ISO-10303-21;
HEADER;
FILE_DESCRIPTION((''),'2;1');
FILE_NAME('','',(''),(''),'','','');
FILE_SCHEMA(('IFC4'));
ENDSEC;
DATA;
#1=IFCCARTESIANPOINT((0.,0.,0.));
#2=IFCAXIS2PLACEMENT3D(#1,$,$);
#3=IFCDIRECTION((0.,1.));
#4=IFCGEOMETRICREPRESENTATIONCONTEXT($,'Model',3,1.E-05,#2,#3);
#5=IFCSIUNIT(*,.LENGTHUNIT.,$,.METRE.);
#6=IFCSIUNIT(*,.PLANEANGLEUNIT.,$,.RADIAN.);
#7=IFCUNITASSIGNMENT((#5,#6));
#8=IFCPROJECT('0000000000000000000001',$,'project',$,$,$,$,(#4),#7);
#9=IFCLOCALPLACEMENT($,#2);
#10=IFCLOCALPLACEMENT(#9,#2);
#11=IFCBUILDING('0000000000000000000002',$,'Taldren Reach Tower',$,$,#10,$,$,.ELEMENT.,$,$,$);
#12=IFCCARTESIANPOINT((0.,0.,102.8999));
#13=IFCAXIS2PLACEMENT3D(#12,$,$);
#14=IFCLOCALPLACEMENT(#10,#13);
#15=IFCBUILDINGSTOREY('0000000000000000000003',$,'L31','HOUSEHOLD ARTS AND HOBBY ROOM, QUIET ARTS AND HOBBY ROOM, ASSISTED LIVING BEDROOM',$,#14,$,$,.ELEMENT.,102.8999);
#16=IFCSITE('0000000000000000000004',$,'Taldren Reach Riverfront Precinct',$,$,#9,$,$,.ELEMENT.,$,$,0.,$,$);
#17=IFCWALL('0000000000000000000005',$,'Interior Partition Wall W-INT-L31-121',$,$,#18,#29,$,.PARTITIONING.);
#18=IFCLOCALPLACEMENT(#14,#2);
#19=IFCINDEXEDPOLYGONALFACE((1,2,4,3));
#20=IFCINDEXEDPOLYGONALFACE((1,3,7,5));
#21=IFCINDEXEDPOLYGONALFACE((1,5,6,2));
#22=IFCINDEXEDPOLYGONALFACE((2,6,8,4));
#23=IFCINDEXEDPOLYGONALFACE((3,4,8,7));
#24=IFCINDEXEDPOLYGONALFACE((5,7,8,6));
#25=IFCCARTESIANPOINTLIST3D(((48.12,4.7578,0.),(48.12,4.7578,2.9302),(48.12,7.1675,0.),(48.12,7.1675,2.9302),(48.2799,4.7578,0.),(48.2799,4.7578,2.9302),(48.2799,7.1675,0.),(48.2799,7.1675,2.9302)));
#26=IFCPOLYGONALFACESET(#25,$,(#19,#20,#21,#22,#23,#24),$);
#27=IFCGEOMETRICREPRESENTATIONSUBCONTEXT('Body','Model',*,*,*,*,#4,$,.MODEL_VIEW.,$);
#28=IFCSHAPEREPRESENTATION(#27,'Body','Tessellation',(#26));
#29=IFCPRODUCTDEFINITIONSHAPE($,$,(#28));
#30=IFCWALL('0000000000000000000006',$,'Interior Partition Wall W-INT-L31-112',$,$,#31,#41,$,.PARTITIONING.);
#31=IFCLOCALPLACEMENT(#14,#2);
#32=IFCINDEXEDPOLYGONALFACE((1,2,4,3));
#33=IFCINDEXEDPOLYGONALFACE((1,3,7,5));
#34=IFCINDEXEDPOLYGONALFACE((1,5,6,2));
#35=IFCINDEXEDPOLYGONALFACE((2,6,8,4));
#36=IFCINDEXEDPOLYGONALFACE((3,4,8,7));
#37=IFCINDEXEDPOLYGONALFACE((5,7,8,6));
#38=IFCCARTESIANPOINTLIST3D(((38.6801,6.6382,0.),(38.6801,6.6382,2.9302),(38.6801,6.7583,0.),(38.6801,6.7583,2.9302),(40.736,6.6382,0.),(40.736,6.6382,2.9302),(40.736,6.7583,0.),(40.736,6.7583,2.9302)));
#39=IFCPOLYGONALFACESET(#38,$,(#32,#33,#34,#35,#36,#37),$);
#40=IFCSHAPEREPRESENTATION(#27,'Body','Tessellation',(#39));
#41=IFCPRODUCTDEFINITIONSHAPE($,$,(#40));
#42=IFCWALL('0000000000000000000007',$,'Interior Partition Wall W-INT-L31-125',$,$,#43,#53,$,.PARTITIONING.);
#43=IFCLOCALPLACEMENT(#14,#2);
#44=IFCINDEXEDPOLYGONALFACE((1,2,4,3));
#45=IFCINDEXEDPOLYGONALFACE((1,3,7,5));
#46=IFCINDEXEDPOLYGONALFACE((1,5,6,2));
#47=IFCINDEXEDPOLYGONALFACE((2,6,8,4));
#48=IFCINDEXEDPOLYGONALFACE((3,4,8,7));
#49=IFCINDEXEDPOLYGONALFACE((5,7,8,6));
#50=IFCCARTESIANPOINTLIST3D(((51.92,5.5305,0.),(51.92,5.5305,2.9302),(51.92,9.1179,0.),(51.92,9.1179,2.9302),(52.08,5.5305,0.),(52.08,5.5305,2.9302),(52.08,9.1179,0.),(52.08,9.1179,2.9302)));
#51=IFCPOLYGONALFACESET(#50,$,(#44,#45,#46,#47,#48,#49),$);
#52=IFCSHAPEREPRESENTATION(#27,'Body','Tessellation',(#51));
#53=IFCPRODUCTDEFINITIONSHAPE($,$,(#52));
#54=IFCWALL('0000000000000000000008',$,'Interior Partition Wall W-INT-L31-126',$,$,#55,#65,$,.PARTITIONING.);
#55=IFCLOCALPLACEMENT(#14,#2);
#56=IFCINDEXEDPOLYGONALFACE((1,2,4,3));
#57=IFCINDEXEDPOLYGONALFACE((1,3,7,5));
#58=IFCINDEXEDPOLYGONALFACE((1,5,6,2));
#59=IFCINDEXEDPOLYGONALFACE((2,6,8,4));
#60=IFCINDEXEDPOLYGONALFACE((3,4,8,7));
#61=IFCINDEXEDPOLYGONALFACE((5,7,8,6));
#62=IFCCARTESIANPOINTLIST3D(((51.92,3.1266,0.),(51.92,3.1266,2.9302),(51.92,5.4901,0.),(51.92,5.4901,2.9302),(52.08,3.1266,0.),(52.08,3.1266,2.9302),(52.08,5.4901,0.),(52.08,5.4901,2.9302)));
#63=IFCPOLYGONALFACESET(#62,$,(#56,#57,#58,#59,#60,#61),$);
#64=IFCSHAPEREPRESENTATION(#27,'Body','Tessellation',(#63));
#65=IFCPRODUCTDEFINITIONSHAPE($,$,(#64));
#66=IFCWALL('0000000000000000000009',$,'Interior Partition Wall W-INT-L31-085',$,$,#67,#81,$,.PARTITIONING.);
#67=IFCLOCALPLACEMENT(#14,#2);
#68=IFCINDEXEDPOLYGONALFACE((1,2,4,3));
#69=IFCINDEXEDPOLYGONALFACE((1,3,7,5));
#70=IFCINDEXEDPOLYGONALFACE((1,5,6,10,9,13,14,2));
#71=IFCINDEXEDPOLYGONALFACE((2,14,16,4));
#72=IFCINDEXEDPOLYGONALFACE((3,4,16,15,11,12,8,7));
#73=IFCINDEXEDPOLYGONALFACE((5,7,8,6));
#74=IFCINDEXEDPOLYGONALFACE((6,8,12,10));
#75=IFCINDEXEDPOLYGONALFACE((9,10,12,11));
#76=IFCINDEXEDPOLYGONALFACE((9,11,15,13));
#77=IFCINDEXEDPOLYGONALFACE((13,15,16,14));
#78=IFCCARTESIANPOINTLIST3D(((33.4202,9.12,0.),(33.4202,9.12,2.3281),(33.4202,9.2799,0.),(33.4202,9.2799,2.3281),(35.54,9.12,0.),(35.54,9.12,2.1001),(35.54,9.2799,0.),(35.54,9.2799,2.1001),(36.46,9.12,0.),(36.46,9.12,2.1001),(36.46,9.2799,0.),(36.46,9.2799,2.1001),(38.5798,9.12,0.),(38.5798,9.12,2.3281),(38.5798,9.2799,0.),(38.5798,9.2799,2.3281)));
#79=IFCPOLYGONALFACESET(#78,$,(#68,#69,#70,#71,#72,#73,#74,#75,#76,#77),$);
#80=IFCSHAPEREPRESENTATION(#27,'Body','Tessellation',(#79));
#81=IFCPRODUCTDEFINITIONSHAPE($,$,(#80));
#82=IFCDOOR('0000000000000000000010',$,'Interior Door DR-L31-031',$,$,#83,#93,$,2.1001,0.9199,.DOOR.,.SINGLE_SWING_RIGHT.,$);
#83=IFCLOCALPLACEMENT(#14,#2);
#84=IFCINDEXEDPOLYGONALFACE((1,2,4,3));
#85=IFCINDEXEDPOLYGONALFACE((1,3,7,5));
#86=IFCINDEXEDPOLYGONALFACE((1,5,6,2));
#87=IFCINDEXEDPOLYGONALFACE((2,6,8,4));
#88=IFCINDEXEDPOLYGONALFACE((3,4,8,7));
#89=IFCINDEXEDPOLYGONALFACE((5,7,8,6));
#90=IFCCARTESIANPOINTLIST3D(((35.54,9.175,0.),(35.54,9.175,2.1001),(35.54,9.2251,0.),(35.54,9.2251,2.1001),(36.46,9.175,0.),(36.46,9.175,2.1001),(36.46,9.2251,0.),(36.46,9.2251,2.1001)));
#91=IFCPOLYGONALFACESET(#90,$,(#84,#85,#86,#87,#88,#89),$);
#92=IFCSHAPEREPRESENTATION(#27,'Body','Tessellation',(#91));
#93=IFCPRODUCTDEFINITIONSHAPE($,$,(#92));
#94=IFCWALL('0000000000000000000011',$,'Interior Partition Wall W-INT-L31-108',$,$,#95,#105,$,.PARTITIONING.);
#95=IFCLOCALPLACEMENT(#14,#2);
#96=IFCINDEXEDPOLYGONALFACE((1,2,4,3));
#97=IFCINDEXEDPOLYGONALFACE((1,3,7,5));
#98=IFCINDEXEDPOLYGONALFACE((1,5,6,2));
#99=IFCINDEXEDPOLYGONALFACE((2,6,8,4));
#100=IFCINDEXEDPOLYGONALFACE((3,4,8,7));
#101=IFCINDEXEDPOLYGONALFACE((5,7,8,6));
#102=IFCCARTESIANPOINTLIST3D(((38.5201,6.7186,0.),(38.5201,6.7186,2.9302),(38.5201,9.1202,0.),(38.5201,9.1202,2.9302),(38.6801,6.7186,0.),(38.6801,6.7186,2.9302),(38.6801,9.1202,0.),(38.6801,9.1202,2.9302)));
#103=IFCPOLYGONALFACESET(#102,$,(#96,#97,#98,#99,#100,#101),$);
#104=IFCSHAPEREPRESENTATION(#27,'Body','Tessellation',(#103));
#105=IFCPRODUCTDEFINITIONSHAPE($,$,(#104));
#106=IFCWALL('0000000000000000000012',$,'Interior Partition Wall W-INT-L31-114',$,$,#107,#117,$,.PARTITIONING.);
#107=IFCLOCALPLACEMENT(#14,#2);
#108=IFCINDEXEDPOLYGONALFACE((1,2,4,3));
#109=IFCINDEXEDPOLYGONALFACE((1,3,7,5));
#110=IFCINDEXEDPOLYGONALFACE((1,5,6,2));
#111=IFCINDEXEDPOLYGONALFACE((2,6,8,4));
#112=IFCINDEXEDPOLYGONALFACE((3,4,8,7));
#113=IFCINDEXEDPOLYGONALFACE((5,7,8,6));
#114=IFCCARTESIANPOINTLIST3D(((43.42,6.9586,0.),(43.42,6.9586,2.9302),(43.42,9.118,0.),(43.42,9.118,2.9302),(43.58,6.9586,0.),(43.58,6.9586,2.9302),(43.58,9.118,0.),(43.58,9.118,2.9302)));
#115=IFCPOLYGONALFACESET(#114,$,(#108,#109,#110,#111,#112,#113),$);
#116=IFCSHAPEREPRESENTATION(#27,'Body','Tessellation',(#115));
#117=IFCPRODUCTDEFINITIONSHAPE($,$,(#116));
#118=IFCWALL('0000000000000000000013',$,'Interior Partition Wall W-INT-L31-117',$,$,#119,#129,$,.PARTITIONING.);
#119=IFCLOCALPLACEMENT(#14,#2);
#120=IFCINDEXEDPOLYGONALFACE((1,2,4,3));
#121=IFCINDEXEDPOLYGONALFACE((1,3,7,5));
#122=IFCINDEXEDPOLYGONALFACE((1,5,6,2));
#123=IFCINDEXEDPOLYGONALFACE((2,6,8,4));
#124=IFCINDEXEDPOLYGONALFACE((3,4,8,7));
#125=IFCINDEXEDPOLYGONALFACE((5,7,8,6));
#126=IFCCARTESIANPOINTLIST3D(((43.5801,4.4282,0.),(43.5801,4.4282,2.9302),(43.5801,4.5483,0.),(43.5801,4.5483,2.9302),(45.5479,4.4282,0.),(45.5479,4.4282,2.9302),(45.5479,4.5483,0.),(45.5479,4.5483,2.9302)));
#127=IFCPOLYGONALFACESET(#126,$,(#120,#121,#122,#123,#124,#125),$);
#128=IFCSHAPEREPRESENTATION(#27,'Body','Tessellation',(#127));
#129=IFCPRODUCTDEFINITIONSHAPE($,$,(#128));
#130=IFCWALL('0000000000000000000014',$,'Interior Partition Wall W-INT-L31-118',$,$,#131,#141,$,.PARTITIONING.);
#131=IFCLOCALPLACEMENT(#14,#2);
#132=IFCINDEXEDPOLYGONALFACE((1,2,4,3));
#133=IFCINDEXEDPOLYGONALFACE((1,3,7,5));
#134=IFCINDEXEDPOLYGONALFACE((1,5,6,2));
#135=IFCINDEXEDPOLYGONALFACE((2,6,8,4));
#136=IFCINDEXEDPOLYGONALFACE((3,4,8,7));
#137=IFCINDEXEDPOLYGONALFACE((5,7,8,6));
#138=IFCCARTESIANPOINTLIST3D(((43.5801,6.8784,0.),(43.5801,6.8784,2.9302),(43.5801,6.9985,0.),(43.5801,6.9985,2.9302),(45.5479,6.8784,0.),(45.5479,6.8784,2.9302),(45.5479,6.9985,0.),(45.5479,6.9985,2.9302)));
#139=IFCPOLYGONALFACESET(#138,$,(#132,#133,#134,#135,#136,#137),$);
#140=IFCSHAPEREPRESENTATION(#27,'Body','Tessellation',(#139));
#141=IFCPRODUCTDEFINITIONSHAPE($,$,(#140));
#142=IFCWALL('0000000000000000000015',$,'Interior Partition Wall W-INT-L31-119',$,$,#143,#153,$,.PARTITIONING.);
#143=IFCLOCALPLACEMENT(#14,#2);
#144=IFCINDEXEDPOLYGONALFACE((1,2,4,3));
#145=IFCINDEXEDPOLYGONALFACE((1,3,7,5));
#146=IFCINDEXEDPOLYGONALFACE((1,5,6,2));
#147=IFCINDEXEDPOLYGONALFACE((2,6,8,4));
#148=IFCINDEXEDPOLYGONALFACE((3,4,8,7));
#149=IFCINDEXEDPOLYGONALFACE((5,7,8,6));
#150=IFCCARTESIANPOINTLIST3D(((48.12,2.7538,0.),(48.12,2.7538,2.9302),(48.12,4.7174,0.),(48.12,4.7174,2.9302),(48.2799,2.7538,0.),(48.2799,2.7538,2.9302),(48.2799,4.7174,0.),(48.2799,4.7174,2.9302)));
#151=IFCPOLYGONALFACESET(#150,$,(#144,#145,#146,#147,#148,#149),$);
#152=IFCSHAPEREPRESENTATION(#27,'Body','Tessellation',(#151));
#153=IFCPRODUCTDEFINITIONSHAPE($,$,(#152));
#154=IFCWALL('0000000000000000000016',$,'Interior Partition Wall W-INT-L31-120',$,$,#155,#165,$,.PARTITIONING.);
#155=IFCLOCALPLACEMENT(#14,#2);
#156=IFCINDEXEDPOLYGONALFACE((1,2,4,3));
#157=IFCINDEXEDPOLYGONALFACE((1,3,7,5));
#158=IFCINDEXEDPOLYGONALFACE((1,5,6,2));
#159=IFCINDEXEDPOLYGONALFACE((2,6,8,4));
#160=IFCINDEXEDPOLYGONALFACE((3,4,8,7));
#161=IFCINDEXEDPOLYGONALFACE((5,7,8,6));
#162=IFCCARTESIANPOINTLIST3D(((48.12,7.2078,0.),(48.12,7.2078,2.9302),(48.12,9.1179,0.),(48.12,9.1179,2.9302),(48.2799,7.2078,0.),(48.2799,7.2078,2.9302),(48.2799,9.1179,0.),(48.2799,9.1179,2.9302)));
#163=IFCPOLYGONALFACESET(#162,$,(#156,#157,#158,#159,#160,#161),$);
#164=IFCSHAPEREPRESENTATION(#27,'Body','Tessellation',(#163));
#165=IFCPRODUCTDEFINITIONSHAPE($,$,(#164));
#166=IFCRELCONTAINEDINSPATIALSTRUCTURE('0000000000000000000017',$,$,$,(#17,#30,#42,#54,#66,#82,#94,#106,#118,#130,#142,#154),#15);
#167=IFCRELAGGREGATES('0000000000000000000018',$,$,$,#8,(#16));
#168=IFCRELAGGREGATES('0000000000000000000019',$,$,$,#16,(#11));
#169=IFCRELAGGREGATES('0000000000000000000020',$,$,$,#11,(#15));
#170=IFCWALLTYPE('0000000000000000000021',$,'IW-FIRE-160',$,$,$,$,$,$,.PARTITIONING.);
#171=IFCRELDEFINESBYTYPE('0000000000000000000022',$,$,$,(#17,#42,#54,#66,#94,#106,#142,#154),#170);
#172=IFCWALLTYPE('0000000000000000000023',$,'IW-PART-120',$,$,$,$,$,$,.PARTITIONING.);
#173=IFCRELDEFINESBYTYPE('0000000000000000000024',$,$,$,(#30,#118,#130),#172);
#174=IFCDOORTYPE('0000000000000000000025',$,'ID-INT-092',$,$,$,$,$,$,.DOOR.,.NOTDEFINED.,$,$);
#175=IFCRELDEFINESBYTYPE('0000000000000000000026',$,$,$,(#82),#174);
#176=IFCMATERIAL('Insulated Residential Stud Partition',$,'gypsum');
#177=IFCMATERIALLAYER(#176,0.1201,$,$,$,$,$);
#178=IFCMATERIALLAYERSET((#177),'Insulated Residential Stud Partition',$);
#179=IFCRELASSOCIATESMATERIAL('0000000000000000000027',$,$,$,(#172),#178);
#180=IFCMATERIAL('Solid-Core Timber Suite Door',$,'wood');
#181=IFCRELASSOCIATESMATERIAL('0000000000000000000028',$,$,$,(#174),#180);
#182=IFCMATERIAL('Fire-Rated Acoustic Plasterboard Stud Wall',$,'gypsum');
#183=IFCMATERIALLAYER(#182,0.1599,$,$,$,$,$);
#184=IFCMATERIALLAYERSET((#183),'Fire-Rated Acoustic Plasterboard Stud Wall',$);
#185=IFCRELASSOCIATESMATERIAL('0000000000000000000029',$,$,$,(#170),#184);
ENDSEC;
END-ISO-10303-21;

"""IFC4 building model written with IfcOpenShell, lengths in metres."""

from ifc_helpers import new_model, si_unit, direction, frame, frame_2d, origin, place, context, subcontext, project, spatial, rectangle, extrude, source, transform, mapped, material, layer, layer_set, type_object, element, fill, save


model = new_model("IFC4")

# Units and contexts
model_context = context("Model", 3, precision=1e-05, world=origin(), true_north=direction((0.0, 1.0)))
body_context = subcontext(model_context, "Body", "Model", "MODEL_VIEW")
ifc_project = project(units=[si_unit("LENGTHUNIT", "METRE"), si_unit("PLANEANGLEUNIT", "RADIAN")], contexts=[model_context])

# Site, building, storey
site_placement = place(None, origin())
site = spatial("IfcSite", under=ifc_project, at=site_placement, Name="Taldren Reach Riverfront Precinct", CompositionType="ELEMENT", RefElevation=0.0)
building_placement = place(site_placement, origin())
building = spatial("IfcBuilding", under=site, at=building_placement, Name="Taldren Reach Tower", CompositionType="ELEMENT")
storey_placement = place(building_placement, frame((0.0, 0.0, 102.8999)))
storey = spatial("IfcBuildingStorey", under=building, at=storey_placement, Name="L31", Description="HOUSEHOLD ARTS AND HOBBY ROOM, QUIET ARTS AND HOBBY ROOM, ASSISTED LIVING BEDROOM", CompositionType="ELEMENT", Elevation=102.8999)

# Shared definitions
ifc_material_1 = material(Name="Insulated Residential Stud Partition", Category="gypsum")
ifc_layer_1 = layer(ifc_material_1, 0.1201)
ifc_layer_set_1 = layer_set([ifc_layer_1], Name="Insulated Residential Stud Partition")
wall_type_1 = type_object("IfcWallType", Name="IW-PART-120", PredefinedType="PARTITIONING", material=ifc_layer_set_1)
ifc_material_2 = material(Name="Solid-Core Timber Suite Door", Category="wood")
door_type = type_object("IfcDoorType", Name="ID-INT-092", OperationType="NOTDEFINED", PredefinedType="DOOR", material=ifc_material_2)
shared_shape_1 = source(origin(), body_context, "Body", "SweptSolid", [
    extrude(rectangle(XDim=0.9199, YDim=2.1001, at=frame_2d((0.46, 1.05))), frame((0.0, 0.0249, 0.0), z_axis=(0.0, -1.0, 0.0), x_axis=(1.0, 0.0, 0.0)), (0.0, 0.0, 1.0), 0.05),
])

# Walls
ifc_material_3 = material(Name="Fire-Rated Acoustic Plasterboard Stud Wall", Category="gypsum")
ifc_layer_2 = layer(ifc_material_3, 0.1599)
ifc_layer_set_2 = layer_set([ifc_layer_2], Name="Fire-Rated Acoustic Plasterboard Stud Wall")
wall_type_2 = type_object("IfcWallType", Name="IW-FIRE-160", PredefinedType="PARTITIONING", material=ifc_layer_set_2)
shared_shape_2 = source(origin(), body_context, "Body", "SweptSolid", [
    extrude(rectangle(XDim=2.4097, YDim=0.1599, at=frame_2d((1.2048, 0.0))), origin(), (0.0, 0.0, 1.0), 2.9302),
])
for number, where, z_axis, x_axis, name in (
    (1, (48.2, 7.1675, 0.0), (0.0, 0.0, 1.0), (0.0, -1.0, 0.0), "Interior Partition Wall W-INT-L31-121"),
):
    element("IfcWall", number, at=place(storey_placement, frame(where, z_axis=z_axis, x_axis=x_axis)), inside=storey, type_object=wall_type_2, Name=name, PredefinedType="PARTITIONING", context=body_context, shape_type="MappedRepresentation", body=[
        mapped(shared_shape_2, transform((0.0, 0.0, 0.0), scale=1.0)),
    ])
shared_shape_3 = source(origin(), body_context, "Body", "SweptSolid", [
    extrude(rectangle(XDim=2.0559, YDim=0.1201, at=frame_2d((1.0278, 0.0))), origin(), (0.0, 0.0, 1.0), 2.9302),
])
wall_1_placement = place(storey_placement, frame((40.7358, 6.6982, 0.0), z_axis=(0.0, 0.0, 1.0), x_axis=(-1.0, 0.0, 0.0)))
element("IfcWall", 2, at=wall_1_placement, inside=storey, type_object=wall_type_1, Name="Interior Partition Wall W-INT-L31-112", PredefinedType="PARTITIONING", context=body_context, shape_type="MappedRepresentation", body=[
    mapped(shared_shape_3, transform((0.0, 0.0, 0.0), scale=1.0)),
])
shared_shape_4 = source(origin(), body_context, "Body", "SweptSolid", [
    extrude(rectangle(XDim=3.5874, YDim=0.1599, at=frame_2d((1.7937, 0.0))), origin(), (0.0, 0.0, 1.0), 2.9302),
])
wall_2_placement = place(storey_placement, frame((52.0, 9.1179, 0.0), z_axis=(0.0, 0.0, 1.0), x_axis=(0.0, -1.0, 0.0)))
element("IfcWall", 3, at=wall_2_placement, inside=storey, type_object=wall_type_2, Name="Interior Partition Wall W-INT-L31-125", PredefinedType="PARTITIONING", context=body_context, shape_type="MappedRepresentation", body=[
    mapped(shared_shape_4, transform((0.0, 0.0, 0.0), scale=1.0)),
])
shared_shape_5 = source(origin(), body_context, "Body", "SweptSolid", [
    extrude(rectangle(XDim=2.3635, YDim=0.1599, at=frame_2d((1.1816, 0.0))), origin(), (0.0, 0.0, 1.0), 2.9302),
])
wall_3_placement = place(storey_placement, frame((52.0, 5.49, 0.0), z_axis=(0.0, 0.0, 1.0), x_axis=(0.0, -1.0, 0.0)))
element("IfcWall", 4, at=wall_3_placement, inside=storey, type_object=wall_type_2, Name="Interior Partition Wall W-INT-L31-126", PredefinedType="PARTITIONING", context=body_context, shape_type="MappedRepresentation", body=[
    mapped(shared_shape_5, transform((0.0, 0.0, 0.0), scale=1.0)),
])

# Wall, opening, door
shared_shape_6 = source(origin(), body_context, "Body", "SweptSolid", [
    extrude(rectangle(XDim=5.1597, YDim=0.1599, at=frame_2d((2.5798, 0.0))), origin(), (0.0, 0.0, 1.0), 2.3281),
])
wall_4_placement = place(storey_placement, frame((38.5798, 9.2, 0.0), z_axis=(0.0, 0.0, 1.0), x_axis=(-1.0, 0.0, 0.0)))
wall_4 = element("IfcWall", 5, at=wall_4_placement, inside=storey, type_object=wall_type_2, Name="Interior Partition Wall W-INT-L31-085", PredefinedType="PARTITIONING", context=body_context, shape_type="MappedRepresentation", body=[
    mapped(shared_shape_6, transform((0.0, 0.0, 0.0), scale=1.0)),
])
shared_shape_7 = source(origin(), body_context, "Body", "SweptSolid", [
    extrude(rectangle(XDim=0.9199, YDim=2.1001, at=frame_2d((0.46, 1.05))), frame((0.0, 0.0898, 0.0), z_axis=(0.0, -1.0, 0.0), x_axis=(1.0, 0.0, 0.0)), (0.0, 0.0, 1.0), 0.1799),
])
opening_1_placement = place(wall_4_placement, frame((2.1199, 0.0, 0.0)))
opening_1 = element("IfcOpeningElement", 6, at=opening_1_placement, cuts=wall_4, PredefinedType="OPENING", context=body_context, shape_type="MappedRepresentation", body=[
    mapped(shared_shape_7, transform((0.0, 0.0, 0.0), scale=1.0)),
])
door_1_placement = place(opening_1_placement, origin())
door_1 = element("IfcDoor", 7, at=door_1_placement, inside=storey, type_object=door_type, Name="Interior Door DR-L31-031", OperationType="SINGLE_SWING_RIGHT", OverallHeight=2.1001, OverallWidth=0.9199, PredefinedType="DOOR", context=body_context, shape_type="MappedRepresentation", body=[
    mapped(shared_shape_1, transform((0.0, 0.0, 0.0), scale=1.0)),
])
fill(opening_1, door_1)

# Walls
shared_shape_8 = source(origin(), body_context, "Body", "SweptSolid", [
    extrude(rectangle(XDim=2.4016, YDim=0.1599, at=frame_2d((1.2007, 0.0))), origin(), (0.0, 0.0, 1.0), 2.9302),
])
wall_5_placement = place(storey_placement, frame((38.6001, 9.1201, 0.0), z_axis=(0.0, 0.0, 1.0), x_axis=(0.0, -1.0, 0.0)))
element("IfcWall", 8, at=wall_5_placement, inside=storey, type_object=wall_type_2, Name="Interior Partition Wall W-INT-L31-108", PredefinedType="PARTITIONING", context=body_context, shape_type="MappedRepresentation", body=[
    mapped(shared_shape_8, transform((0.0, 0.0, 0.0), scale=1.0)),
])
shared_shape_9 = source(origin(), body_context, "Body", "SweptSolid", [
    extrude(rectangle(XDim=2.1594, YDim=0.1599, at=frame_2d((1.0796, 0.0))), origin(), (0.0, 0.0, 1.0), 2.9302),
])
wall_6_placement = place(storey_placement, frame((43.5, 9.1179, 0.0), z_axis=(0.0, 0.0, 1.0), x_axis=(0.0, -1.0, 0.0)))
element("IfcWall", 9, at=wall_6_placement, inside=storey, type_object=wall_type_2, Name="Interior Partition Wall W-INT-L31-114", PredefinedType="PARTITIONING", context=body_context, shape_type="MappedRepresentation", body=[
    mapped(shared_shape_9, transform((0.0, 0.0, 0.0), scale=1.0)),
])
shared_shape_10 = source(origin(), body_context, "Body", "SweptSolid", [
    extrude(rectangle(XDim=1.9678, YDim=0.1201, at=frame_2d((0.9839, 0.0))), origin(), (0.0, 0.0, 1.0), 2.9302),
])
for number, where, z_axis, x_axis, name in (
    (10, (43.5801, 4.4883, 0.0), (0.0, 0.0, 1.0), (1.0, 0.0, 0.0), "Interior Partition Wall W-INT-L31-117"),
    (11, (45.5479, 6.9385, 0.0), (0.0, 0.0, 1.0), (-1.0, 0.0, 0.0), "Interior Partition Wall W-INT-L31-118"),
):
    element("IfcWall", number, at=place(storey_placement, frame(where, z_axis=z_axis, x_axis=x_axis)), inside=storey, type_object=wall_type_1, Name=name, PredefinedType="PARTITIONING", context=body_context, shape_type="MappedRepresentation", body=[
        mapped(shared_shape_10, transform((0.0, 0.0, 0.0), scale=1.0)),
    ])
shared_shape_11 = source(origin(), body_context, "Body", "SweptSolid", [
    extrude(rectangle(XDim=1.9636, YDim=0.1599, at=frame_2d((0.9819, 0.0))), origin(), (0.0, 0.0, 1.0), 2.9302),
])
wall_7_placement = place(storey_placement, frame((48.2, 4.7175, 0.0), z_axis=(0.0, 0.0, 1.0), x_axis=(0.0, -1.0, 0.0)))
element("IfcWall", 12, at=wall_7_placement, inside=storey, type_object=wall_type_2, Name="Interior Partition Wall W-INT-L31-119", PredefinedType="PARTITIONING", context=body_context, shape_type="MappedRepresentation", body=[
    mapped(shared_shape_11, transform((0.0, 0.0, 0.0), scale=1.0)),
])
shared_shape_12 = source(origin(), body_context, "Body", "SweptSolid", [
    extrude(rectangle(XDim=1.9102, YDim=0.1599, at=frame_2d((0.9551, 0.0))), origin(), (0.0, 0.0, 1.0), 2.9302),
])
wall_8_placement = place(storey_placement, frame((48.2, 9.1179, 0.0), z_axis=(0.0, 0.0, 1.0), x_axis=(0.0, -1.0, 0.0)))
element("IfcWall", 13, at=wall_8_placement, inside=storey, type_object=wall_type_2, Name="Interior Partition Wall W-INT-L31-120", PredefinedType="PARTITIONING", context=body_context, shape_type="MappedRepresentation", body=[
    mapped(shared_shape_12, transform((0.0, 0.0, 0.0), scale=1.0)),
])

save(model, "model.ifc")
